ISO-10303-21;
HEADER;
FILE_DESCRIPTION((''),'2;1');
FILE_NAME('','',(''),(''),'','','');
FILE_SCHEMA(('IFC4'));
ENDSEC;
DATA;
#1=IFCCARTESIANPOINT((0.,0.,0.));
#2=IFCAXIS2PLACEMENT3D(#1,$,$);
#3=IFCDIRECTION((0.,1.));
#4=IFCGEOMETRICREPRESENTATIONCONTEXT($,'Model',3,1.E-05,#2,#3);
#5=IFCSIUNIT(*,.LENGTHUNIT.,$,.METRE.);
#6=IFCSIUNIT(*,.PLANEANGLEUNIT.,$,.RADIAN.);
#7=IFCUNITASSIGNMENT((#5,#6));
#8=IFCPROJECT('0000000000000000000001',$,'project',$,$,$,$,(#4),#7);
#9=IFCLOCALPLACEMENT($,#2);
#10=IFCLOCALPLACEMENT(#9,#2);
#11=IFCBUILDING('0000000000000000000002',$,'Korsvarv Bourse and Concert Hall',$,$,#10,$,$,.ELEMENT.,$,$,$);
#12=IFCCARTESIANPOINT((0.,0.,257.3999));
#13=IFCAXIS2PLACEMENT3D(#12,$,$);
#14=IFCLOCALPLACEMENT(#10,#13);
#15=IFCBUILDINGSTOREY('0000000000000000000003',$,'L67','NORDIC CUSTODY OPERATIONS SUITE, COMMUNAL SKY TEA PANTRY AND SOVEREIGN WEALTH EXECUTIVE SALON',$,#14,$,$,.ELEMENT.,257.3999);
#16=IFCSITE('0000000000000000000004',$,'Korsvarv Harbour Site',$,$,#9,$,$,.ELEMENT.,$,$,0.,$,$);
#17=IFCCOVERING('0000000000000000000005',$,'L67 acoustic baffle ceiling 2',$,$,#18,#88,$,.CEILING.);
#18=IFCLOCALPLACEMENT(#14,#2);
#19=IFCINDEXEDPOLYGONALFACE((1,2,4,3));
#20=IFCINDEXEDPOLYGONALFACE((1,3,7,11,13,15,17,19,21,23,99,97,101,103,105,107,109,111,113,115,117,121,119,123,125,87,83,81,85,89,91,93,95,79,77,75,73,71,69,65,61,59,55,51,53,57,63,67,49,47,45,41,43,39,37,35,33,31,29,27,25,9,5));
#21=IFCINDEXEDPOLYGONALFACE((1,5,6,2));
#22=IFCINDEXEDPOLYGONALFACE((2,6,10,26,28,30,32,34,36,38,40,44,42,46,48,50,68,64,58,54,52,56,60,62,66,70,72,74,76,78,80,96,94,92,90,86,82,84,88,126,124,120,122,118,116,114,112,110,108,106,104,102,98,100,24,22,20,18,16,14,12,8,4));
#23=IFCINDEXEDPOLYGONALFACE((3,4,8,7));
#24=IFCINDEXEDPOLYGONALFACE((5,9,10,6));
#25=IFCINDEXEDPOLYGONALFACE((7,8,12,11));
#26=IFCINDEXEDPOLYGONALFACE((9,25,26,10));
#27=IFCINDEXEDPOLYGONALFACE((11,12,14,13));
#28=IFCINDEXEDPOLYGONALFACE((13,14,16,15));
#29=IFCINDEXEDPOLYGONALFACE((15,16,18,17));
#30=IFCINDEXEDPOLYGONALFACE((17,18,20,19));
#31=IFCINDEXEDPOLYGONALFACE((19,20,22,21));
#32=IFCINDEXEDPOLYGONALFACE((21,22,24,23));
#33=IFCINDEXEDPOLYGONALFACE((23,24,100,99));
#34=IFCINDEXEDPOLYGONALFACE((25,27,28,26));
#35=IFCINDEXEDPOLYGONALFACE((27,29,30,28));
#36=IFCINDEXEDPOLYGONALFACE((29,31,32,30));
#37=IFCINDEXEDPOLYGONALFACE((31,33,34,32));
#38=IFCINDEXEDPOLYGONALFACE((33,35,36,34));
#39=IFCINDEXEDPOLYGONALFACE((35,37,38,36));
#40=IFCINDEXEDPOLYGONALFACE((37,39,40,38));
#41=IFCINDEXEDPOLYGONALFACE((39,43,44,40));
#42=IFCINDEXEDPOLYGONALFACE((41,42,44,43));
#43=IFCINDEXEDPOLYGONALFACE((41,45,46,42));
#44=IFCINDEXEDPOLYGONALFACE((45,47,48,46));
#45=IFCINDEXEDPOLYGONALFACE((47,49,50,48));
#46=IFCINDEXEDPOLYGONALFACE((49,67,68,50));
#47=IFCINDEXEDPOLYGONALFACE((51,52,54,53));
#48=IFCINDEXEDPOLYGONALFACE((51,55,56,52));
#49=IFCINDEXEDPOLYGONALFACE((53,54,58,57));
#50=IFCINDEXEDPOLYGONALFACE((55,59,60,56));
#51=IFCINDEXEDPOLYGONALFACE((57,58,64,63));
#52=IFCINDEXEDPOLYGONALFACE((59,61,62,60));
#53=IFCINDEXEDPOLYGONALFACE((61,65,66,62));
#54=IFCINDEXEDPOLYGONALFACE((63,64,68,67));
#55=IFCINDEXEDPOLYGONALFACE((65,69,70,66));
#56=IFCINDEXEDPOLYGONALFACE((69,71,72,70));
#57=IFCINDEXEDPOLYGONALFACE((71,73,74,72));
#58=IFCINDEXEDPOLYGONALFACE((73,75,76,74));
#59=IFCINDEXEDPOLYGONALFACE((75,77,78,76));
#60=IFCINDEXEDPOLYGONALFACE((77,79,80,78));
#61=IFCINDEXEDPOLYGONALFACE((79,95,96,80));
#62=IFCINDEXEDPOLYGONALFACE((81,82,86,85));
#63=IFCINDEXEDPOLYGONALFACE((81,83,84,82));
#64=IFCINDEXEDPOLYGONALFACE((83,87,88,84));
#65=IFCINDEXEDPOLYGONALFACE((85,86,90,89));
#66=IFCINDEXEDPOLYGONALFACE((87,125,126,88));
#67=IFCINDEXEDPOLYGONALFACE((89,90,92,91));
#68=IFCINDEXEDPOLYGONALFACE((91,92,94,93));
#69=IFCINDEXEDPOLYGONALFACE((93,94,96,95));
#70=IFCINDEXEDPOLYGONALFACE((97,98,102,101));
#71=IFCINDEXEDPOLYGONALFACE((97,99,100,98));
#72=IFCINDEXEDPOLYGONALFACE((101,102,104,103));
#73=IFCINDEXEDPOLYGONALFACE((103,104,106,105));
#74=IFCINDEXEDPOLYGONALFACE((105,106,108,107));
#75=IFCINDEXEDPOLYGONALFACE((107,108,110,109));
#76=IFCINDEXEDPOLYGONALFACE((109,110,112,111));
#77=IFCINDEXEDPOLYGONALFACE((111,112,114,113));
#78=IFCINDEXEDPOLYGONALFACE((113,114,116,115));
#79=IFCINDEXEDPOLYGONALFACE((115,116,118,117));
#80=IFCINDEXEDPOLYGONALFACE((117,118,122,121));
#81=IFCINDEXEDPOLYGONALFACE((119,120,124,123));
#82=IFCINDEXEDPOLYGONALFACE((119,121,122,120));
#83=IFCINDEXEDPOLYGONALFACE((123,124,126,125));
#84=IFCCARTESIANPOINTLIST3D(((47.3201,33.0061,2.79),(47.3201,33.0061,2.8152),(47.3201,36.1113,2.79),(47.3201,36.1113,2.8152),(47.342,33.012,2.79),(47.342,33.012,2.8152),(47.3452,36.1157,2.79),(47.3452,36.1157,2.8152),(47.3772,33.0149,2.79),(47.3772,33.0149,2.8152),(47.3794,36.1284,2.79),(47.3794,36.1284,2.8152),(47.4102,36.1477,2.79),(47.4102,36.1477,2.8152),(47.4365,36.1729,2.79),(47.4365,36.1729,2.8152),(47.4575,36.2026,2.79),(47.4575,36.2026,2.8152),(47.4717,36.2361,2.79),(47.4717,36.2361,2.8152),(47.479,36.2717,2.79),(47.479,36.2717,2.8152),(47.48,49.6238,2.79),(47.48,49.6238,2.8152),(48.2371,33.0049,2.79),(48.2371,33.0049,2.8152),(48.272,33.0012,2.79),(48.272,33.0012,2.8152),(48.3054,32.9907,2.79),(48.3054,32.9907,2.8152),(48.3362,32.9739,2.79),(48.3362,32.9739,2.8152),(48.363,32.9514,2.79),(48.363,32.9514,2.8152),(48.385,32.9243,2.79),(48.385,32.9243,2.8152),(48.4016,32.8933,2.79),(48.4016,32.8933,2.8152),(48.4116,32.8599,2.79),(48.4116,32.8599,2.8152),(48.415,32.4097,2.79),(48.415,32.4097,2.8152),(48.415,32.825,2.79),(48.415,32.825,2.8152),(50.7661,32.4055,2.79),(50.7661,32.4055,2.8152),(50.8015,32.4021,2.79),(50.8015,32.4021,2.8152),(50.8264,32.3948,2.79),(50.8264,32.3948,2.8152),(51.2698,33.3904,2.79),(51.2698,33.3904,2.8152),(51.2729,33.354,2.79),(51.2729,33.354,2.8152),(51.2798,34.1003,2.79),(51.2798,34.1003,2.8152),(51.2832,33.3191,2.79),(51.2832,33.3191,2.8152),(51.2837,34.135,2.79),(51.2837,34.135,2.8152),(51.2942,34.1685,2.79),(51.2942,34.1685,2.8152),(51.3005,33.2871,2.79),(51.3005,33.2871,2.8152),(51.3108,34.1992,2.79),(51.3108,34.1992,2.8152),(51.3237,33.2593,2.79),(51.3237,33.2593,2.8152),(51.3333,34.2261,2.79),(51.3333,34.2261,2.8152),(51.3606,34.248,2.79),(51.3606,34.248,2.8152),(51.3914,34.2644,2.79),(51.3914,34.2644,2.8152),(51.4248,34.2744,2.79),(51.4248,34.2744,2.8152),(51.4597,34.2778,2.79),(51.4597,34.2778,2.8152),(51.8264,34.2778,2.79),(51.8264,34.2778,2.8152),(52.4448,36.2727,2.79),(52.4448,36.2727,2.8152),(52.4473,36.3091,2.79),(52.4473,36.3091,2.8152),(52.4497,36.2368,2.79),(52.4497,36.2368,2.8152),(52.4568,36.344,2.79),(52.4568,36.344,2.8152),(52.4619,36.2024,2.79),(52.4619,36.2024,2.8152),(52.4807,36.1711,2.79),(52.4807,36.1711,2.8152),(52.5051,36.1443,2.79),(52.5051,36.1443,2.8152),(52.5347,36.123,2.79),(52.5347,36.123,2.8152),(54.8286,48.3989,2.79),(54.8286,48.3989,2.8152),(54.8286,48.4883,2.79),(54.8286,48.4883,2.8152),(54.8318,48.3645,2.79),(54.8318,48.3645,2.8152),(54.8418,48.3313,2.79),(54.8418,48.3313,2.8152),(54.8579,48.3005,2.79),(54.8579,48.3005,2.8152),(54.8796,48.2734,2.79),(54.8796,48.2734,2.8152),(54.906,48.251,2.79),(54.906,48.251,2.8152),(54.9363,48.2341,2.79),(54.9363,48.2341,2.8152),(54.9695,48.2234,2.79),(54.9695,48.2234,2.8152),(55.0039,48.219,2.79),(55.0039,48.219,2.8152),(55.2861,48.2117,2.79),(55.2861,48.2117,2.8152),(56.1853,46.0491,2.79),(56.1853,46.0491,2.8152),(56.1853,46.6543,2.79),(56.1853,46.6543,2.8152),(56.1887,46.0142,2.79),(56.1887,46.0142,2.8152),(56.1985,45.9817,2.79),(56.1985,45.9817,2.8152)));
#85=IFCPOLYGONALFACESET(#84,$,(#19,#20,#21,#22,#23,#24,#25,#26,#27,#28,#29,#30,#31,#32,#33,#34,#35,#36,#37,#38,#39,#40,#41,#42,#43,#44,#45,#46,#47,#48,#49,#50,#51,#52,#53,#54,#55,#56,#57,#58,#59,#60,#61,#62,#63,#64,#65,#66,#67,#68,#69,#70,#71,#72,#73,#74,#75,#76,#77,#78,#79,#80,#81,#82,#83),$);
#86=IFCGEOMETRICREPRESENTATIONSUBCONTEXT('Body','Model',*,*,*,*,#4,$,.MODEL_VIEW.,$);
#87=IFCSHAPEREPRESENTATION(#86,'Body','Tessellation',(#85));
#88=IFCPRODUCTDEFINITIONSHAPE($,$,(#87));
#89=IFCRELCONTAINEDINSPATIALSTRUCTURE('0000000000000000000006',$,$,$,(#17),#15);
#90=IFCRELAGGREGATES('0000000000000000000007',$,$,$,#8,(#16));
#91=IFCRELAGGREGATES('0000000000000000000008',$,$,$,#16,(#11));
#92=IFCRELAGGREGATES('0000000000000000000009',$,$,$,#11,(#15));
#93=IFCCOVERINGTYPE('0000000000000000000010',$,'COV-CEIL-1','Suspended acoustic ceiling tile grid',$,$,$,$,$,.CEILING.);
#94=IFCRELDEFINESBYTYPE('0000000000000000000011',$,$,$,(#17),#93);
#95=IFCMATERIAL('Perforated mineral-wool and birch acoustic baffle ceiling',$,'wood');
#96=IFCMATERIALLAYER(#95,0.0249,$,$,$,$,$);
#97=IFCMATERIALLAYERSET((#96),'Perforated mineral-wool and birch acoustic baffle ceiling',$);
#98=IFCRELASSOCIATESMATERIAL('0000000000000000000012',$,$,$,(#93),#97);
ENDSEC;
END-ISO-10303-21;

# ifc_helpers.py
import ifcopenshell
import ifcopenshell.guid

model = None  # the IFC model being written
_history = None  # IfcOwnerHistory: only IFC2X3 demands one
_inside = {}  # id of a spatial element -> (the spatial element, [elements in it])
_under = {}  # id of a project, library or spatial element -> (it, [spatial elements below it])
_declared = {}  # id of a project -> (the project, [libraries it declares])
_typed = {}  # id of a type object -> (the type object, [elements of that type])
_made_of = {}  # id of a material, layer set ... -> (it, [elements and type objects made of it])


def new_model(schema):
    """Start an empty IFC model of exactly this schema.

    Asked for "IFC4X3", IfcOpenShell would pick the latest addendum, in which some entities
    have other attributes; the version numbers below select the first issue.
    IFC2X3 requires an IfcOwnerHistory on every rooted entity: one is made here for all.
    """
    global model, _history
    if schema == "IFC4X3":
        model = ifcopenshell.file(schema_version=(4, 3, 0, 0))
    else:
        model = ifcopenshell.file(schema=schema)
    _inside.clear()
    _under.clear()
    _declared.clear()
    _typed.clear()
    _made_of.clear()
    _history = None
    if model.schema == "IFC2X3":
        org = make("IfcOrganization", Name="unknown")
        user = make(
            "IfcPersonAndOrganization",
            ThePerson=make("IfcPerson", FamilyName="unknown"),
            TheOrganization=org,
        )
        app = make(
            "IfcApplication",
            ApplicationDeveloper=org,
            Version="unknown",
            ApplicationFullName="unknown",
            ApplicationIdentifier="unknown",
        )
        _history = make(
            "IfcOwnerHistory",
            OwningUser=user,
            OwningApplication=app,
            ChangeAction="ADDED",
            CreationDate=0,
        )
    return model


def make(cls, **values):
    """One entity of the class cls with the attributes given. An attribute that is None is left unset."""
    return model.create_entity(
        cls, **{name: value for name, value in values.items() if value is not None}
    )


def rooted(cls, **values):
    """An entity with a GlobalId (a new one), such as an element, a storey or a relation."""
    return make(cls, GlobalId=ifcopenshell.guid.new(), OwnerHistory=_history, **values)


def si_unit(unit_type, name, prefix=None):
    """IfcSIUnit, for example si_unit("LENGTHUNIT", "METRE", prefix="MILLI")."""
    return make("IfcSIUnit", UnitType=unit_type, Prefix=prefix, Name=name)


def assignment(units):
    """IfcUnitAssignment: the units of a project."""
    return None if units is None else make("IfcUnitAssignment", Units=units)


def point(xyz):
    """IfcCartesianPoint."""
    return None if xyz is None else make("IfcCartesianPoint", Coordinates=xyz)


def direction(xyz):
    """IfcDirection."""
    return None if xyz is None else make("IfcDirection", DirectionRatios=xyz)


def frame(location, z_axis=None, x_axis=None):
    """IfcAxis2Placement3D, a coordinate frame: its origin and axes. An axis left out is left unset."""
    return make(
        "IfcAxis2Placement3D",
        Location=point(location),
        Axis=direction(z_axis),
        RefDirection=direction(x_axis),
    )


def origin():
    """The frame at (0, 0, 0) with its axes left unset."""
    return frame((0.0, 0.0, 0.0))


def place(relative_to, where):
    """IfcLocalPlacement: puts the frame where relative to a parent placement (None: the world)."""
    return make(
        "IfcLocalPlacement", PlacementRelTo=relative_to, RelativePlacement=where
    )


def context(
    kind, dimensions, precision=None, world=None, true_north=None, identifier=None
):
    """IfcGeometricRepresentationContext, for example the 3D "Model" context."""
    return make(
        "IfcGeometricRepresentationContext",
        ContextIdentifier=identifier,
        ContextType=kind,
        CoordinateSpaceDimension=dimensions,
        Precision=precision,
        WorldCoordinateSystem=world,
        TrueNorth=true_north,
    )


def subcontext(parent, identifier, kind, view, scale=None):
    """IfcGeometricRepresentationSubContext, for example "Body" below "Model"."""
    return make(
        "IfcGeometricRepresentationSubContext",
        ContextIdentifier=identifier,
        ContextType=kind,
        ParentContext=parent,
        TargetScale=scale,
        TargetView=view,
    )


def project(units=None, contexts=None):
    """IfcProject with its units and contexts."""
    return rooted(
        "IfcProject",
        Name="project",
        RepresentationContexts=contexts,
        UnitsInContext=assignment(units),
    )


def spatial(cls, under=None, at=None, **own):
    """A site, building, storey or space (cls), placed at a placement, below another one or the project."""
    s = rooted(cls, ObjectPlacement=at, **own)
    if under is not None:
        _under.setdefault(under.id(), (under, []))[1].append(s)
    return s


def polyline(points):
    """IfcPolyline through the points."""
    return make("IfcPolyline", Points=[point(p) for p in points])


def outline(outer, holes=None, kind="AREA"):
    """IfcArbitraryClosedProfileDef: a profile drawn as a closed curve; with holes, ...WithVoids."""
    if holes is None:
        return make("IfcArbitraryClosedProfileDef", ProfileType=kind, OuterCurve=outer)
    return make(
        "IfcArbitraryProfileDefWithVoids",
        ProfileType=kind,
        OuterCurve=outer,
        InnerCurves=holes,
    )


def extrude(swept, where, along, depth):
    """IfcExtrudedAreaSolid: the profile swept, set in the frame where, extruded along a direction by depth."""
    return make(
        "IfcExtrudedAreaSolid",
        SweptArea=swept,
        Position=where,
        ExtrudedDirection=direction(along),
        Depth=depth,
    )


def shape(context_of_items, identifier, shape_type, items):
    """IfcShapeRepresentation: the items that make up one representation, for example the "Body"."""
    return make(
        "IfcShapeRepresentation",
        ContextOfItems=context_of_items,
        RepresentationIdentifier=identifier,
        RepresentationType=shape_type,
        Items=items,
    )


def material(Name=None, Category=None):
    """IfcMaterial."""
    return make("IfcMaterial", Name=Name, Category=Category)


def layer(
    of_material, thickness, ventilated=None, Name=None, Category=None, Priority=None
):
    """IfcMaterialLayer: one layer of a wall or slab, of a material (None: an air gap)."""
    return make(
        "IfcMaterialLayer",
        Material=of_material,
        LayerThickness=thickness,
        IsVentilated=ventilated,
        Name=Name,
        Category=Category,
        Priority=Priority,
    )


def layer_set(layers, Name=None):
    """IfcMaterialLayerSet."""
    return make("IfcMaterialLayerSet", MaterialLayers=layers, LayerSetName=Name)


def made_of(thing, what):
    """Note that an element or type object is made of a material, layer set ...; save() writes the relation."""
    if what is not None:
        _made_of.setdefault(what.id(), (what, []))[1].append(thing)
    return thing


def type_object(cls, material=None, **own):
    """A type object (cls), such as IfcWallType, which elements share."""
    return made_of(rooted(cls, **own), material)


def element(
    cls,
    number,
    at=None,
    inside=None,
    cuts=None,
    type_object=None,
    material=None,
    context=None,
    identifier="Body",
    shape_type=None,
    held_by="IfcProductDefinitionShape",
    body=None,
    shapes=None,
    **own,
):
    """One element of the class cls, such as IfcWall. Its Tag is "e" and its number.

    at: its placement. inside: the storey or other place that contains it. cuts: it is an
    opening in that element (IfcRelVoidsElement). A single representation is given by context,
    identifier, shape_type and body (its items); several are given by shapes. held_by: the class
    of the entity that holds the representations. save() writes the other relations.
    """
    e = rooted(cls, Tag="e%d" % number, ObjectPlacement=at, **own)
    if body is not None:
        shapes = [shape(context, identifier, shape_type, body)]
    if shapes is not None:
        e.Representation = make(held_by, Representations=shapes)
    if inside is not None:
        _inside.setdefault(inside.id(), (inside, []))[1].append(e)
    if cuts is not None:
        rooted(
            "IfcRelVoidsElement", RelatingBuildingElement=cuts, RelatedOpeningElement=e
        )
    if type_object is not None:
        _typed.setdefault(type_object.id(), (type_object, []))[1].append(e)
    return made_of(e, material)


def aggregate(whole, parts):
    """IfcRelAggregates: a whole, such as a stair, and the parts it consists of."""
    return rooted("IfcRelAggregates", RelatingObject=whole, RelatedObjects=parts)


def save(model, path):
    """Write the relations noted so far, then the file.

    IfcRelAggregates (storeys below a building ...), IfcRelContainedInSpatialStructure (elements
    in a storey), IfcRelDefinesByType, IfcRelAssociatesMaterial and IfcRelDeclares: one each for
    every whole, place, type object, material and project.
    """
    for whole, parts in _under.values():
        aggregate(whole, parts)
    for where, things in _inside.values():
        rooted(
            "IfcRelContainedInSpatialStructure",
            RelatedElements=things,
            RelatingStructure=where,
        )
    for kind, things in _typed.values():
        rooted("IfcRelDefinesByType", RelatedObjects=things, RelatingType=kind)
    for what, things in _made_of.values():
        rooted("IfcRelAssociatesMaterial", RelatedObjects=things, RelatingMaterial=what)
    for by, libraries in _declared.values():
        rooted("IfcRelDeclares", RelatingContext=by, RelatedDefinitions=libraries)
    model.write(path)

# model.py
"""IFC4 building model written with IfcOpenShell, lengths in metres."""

from ifc_helpers import new_model, si_unit, direction, frame, origin, place, context, subcontext, project, spatial, polyline, outline, extrude, material, layer, layer_set, type_object, element, save


model = new_model("IFC4")

# Units and contexts
model_context = context("Model", 3, precision=1e-05, world=origin(), true_north=direction((0.0, 1.0)))
body_context = subcontext(model_context, "Body", "Model", "MODEL_VIEW")
ifc_project = project(units=[si_unit("LENGTHUNIT", "METRE"), si_unit("PLANEANGLEUNIT", "RADIAN")], contexts=[model_context])

# Site, building, storey
site_placement = place(None, origin())
site = spatial("IfcSite", under=ifc_project, at=site_placement, Name="Korsvarv Harbour Site", CompositionType="ELEMENT", RefElevation=0.0)
building_placement = place(site_placement, origin())
building = spatial("IfcBuilding", under=site, at=building_placement, Name="Korsvarv Bourse and Concert Hall", CompositionType="ELEMENT")
storey_placement = place(building_placement, frame((0.0, 0.0, 257.3999)))
storey = spatial("IfcBuildingStorey", under=building, at=storey_placement, Name="L67", Description="NORDIC CUSTODY OPERATIONS SUITE, COMMUNAL SKY TEA PANTRY AND SOVEREIGN WEALTH EXECUTIVE SALON", CompositionType="ELEMENT", Elevation=257.3999)

# Covering
ifc_material_1 = material(Name="Perforated mineral-wool and birch acoustic baffle ceiling", Category="wood")
ifc_layer_1 = layer(ifc_material_1, 0.0249)
ifc_layer_set_1 = layer_set([ifc_layer_1], Name="Perforated mineral-wool and birch acoustic baffle ceiling")
covering_type_1 = type_object("IfcCoveringType", Name="COV-CEIL-1", Description="Suspended acoustic ceiling tile grid", PredefinedType="CEILING", material=ifc_layer_set_1)
covering_1_placement = place(storey_placement, frame((0.0, 0.0, 2.79)))
element("IfcCovering", 1, at=covering_1_placement, inside=storey, type_object=covering_type_1, Name="L67 acoustic baffle ceiling 2", PredefinedType="CEILING", context=body_context, shape_type="SweptSolid", body=[
    extrude(outline(polyline([(47.3201, 36.1113), (47.3452, 36.1157), (47.3794, 36.1284), (47.4102, 36.1477), (47.4365, 36.1729), (47.4575, 36.2026), (47.4717, 36.2361), (47.479, 36.2717), (47.48, 49.6238), (54.8286, 48.4883), (54.8286, 48.3989), (54.8318, 48.3645), (54.8418, 48.3313), (54.8579, 48.3005), (54.8796, 48.2734), (54.906, 48.251), (54.9363, 48.2341), (54.9695, 48.2234), (55.0039, 48.219), (55.2861, 48.2117), (56.1853, 46.6543), (56.1853, 46.0491), (56.1887, 46.0142), (56.1985, 45.9817), (52.4568, 36.344), (52.4473, 36.3091), (52.4448, 36.2727), (52.4497, 36.2368), (52.4619, 36.2024), (52.4807, 36.1711), (52.5051, 36.1443), (52.5347, 36.123), (51.8264, 34.2778), (51.4597, 34.2778), (51.4248, 34.2744), (51.3914, 34.2644), (51.3606, 34.248), (51.3333, 34.2261), (51.3108, 34.1992), (51.2942, 34.1685), (51.2837, 34.135), (51.2798, 34.1003), (51.2698, 33.3904), (51.2729, 33.354), (51.2832, 33.3191), (51.3005, 33.2871), (51.3237, 33.2593), (50.8264, 32.3948), (50.8015, 32.4021), (50.7661, 32.4055), (48.415, 32.4097), (48.415, 32.825), (48.4116, 32.8599), (48.4016, 32.8933), (48.385, 32.9243), (48.363, 32.9514), (48.3362, 32.9739), (48.3054, 32.9907), (48.272, 33.0012), (48.2371, 33.0049), (47.3772, 33.0149), (47.342, 33.012), (47.3201, 33.0061), (47.3201, 36.1113)])), origin(), (0.0, 0.0, 1.0), 0.0251),
])

save(model, "model.ifc")
